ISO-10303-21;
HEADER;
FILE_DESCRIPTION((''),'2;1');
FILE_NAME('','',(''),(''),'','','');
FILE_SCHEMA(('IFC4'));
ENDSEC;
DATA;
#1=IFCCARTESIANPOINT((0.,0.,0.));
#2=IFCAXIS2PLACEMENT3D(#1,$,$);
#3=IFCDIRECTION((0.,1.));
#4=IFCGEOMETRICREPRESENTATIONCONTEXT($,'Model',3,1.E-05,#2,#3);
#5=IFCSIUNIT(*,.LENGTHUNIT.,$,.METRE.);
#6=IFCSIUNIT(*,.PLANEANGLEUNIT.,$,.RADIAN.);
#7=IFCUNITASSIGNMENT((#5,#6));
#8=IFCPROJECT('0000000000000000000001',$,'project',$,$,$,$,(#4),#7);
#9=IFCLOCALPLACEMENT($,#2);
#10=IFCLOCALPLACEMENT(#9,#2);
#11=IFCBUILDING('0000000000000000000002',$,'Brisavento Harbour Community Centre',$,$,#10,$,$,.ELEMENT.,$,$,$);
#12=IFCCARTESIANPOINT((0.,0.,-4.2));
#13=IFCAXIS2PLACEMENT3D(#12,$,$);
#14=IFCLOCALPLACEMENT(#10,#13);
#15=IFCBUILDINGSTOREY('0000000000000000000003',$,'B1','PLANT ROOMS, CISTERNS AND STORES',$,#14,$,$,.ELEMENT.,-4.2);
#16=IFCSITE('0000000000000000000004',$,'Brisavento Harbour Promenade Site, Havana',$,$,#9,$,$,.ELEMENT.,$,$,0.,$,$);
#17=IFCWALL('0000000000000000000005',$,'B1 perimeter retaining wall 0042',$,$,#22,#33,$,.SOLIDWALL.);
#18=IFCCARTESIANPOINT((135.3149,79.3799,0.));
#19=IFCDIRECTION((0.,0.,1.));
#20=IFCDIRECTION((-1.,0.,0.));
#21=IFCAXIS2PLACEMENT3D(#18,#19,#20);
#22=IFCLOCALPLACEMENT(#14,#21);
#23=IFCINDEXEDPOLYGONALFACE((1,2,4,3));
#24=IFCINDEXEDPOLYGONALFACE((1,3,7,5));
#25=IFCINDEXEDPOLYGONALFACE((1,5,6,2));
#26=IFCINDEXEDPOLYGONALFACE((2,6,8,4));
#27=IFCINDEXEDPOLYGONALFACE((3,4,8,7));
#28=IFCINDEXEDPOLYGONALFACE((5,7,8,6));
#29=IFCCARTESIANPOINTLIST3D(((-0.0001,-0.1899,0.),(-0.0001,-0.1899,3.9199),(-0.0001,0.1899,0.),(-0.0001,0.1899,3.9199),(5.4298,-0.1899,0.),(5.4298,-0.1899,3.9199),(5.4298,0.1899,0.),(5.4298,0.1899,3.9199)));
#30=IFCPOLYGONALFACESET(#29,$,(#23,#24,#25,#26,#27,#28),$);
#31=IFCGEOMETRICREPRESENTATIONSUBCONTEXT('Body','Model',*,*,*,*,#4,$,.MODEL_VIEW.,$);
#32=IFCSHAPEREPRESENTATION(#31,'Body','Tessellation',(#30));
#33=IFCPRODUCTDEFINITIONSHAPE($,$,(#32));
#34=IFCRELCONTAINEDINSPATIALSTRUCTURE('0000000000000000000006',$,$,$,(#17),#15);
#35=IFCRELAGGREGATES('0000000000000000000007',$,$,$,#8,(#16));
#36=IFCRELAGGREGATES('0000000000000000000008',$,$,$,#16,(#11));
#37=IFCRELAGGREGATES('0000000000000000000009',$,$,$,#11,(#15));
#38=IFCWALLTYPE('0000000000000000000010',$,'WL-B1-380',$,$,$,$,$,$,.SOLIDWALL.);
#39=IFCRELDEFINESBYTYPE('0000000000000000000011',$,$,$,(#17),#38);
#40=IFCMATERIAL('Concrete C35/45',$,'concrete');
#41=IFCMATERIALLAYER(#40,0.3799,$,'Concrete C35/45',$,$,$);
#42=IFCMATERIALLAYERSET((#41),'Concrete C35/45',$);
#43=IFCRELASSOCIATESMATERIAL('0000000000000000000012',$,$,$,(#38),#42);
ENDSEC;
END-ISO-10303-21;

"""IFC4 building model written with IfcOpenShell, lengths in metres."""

from ifc_helpers import new_model, si_unit, direction, frame, frame_2d, origin, place, context, subcontext, project, spatial, rectangle, extrude, material, layer, layer_set, type_object, element, save


model = new_model("IFC4")

# Units and contexts
model_context = context("Model", 3, precision=1e-05, world=origin(), true_north=direction((0.0, 1.0)))
body_context = subcontext(model_context, "Body", "Model", "MODEL_VIEW")
ifc_project = project(units=[si_unit("LENGTHUNIT", "METRE"), si_unit("PLANEANGLEUNIT", "RADIAN")], contexts=[model_context])

# Site, building, storey
site_placement = place(None, origin())
site = spatial("IfcSite", under=ifc_project, at=site_placement, Name="Brisavento Harbour Promenade Site, Havana", CompositionType="ELEMENT", RefElevation=0.0)
building_placement = place(site_placement, origin())
building = spatial("IfcBuilding", under=site, at=building_placement, Name="Brisavento Harbour Community Centre", CompositionType="ELEMENT")
storey_placement = place(building_placement, frame((0.0, 0.0, -4.2)))
storey = spatial("IfcBuildingStorey", under=building, at=storey_placement, Name="B1", Description="PLANT ROOMS, CISTERNS AND STORES", CompositionType="ELEMENT", Elevation=-4.2)

# Shared definitions
ifc_material_1 = material(Name="Concrete C35/45", Category="concrete")

# Wall
ifc_layer = layer(ifc_material_1, 0.3799, Name="Concrete C35/45")
ifc_layer_set = layer_set([ifc_layer], Name="Concrete C35/45")
wall_type = type_object("IfcWallType", Name="WL-B1-380", PredefinedType="SOLIDWALL", material=ifc_layer_set)
wall_1_placement = place(storey_placement, frame((135.3149, 79.3799, 0.0), z_axis=(0.0, 0.0, 1.0), x_axis=(-1.0, 0.0, 0.0)))
element("IfcWall", 1, at=wall_1_placement, inside=storey, type_object=wall_type, Name="B1 perimeter retaining wall 0042", PredefinedType="SOLIDWALL", context=body_context, shape_type="SweptSolid", body=[
    extrude(rectangle(XDim=5.4299, YDim=0.3799, at=frame_2d((2.7148, 0.0))), origin(), (0.0, 0.0, 1.0), 3.9199),
])

save(model, "model.ifc")
